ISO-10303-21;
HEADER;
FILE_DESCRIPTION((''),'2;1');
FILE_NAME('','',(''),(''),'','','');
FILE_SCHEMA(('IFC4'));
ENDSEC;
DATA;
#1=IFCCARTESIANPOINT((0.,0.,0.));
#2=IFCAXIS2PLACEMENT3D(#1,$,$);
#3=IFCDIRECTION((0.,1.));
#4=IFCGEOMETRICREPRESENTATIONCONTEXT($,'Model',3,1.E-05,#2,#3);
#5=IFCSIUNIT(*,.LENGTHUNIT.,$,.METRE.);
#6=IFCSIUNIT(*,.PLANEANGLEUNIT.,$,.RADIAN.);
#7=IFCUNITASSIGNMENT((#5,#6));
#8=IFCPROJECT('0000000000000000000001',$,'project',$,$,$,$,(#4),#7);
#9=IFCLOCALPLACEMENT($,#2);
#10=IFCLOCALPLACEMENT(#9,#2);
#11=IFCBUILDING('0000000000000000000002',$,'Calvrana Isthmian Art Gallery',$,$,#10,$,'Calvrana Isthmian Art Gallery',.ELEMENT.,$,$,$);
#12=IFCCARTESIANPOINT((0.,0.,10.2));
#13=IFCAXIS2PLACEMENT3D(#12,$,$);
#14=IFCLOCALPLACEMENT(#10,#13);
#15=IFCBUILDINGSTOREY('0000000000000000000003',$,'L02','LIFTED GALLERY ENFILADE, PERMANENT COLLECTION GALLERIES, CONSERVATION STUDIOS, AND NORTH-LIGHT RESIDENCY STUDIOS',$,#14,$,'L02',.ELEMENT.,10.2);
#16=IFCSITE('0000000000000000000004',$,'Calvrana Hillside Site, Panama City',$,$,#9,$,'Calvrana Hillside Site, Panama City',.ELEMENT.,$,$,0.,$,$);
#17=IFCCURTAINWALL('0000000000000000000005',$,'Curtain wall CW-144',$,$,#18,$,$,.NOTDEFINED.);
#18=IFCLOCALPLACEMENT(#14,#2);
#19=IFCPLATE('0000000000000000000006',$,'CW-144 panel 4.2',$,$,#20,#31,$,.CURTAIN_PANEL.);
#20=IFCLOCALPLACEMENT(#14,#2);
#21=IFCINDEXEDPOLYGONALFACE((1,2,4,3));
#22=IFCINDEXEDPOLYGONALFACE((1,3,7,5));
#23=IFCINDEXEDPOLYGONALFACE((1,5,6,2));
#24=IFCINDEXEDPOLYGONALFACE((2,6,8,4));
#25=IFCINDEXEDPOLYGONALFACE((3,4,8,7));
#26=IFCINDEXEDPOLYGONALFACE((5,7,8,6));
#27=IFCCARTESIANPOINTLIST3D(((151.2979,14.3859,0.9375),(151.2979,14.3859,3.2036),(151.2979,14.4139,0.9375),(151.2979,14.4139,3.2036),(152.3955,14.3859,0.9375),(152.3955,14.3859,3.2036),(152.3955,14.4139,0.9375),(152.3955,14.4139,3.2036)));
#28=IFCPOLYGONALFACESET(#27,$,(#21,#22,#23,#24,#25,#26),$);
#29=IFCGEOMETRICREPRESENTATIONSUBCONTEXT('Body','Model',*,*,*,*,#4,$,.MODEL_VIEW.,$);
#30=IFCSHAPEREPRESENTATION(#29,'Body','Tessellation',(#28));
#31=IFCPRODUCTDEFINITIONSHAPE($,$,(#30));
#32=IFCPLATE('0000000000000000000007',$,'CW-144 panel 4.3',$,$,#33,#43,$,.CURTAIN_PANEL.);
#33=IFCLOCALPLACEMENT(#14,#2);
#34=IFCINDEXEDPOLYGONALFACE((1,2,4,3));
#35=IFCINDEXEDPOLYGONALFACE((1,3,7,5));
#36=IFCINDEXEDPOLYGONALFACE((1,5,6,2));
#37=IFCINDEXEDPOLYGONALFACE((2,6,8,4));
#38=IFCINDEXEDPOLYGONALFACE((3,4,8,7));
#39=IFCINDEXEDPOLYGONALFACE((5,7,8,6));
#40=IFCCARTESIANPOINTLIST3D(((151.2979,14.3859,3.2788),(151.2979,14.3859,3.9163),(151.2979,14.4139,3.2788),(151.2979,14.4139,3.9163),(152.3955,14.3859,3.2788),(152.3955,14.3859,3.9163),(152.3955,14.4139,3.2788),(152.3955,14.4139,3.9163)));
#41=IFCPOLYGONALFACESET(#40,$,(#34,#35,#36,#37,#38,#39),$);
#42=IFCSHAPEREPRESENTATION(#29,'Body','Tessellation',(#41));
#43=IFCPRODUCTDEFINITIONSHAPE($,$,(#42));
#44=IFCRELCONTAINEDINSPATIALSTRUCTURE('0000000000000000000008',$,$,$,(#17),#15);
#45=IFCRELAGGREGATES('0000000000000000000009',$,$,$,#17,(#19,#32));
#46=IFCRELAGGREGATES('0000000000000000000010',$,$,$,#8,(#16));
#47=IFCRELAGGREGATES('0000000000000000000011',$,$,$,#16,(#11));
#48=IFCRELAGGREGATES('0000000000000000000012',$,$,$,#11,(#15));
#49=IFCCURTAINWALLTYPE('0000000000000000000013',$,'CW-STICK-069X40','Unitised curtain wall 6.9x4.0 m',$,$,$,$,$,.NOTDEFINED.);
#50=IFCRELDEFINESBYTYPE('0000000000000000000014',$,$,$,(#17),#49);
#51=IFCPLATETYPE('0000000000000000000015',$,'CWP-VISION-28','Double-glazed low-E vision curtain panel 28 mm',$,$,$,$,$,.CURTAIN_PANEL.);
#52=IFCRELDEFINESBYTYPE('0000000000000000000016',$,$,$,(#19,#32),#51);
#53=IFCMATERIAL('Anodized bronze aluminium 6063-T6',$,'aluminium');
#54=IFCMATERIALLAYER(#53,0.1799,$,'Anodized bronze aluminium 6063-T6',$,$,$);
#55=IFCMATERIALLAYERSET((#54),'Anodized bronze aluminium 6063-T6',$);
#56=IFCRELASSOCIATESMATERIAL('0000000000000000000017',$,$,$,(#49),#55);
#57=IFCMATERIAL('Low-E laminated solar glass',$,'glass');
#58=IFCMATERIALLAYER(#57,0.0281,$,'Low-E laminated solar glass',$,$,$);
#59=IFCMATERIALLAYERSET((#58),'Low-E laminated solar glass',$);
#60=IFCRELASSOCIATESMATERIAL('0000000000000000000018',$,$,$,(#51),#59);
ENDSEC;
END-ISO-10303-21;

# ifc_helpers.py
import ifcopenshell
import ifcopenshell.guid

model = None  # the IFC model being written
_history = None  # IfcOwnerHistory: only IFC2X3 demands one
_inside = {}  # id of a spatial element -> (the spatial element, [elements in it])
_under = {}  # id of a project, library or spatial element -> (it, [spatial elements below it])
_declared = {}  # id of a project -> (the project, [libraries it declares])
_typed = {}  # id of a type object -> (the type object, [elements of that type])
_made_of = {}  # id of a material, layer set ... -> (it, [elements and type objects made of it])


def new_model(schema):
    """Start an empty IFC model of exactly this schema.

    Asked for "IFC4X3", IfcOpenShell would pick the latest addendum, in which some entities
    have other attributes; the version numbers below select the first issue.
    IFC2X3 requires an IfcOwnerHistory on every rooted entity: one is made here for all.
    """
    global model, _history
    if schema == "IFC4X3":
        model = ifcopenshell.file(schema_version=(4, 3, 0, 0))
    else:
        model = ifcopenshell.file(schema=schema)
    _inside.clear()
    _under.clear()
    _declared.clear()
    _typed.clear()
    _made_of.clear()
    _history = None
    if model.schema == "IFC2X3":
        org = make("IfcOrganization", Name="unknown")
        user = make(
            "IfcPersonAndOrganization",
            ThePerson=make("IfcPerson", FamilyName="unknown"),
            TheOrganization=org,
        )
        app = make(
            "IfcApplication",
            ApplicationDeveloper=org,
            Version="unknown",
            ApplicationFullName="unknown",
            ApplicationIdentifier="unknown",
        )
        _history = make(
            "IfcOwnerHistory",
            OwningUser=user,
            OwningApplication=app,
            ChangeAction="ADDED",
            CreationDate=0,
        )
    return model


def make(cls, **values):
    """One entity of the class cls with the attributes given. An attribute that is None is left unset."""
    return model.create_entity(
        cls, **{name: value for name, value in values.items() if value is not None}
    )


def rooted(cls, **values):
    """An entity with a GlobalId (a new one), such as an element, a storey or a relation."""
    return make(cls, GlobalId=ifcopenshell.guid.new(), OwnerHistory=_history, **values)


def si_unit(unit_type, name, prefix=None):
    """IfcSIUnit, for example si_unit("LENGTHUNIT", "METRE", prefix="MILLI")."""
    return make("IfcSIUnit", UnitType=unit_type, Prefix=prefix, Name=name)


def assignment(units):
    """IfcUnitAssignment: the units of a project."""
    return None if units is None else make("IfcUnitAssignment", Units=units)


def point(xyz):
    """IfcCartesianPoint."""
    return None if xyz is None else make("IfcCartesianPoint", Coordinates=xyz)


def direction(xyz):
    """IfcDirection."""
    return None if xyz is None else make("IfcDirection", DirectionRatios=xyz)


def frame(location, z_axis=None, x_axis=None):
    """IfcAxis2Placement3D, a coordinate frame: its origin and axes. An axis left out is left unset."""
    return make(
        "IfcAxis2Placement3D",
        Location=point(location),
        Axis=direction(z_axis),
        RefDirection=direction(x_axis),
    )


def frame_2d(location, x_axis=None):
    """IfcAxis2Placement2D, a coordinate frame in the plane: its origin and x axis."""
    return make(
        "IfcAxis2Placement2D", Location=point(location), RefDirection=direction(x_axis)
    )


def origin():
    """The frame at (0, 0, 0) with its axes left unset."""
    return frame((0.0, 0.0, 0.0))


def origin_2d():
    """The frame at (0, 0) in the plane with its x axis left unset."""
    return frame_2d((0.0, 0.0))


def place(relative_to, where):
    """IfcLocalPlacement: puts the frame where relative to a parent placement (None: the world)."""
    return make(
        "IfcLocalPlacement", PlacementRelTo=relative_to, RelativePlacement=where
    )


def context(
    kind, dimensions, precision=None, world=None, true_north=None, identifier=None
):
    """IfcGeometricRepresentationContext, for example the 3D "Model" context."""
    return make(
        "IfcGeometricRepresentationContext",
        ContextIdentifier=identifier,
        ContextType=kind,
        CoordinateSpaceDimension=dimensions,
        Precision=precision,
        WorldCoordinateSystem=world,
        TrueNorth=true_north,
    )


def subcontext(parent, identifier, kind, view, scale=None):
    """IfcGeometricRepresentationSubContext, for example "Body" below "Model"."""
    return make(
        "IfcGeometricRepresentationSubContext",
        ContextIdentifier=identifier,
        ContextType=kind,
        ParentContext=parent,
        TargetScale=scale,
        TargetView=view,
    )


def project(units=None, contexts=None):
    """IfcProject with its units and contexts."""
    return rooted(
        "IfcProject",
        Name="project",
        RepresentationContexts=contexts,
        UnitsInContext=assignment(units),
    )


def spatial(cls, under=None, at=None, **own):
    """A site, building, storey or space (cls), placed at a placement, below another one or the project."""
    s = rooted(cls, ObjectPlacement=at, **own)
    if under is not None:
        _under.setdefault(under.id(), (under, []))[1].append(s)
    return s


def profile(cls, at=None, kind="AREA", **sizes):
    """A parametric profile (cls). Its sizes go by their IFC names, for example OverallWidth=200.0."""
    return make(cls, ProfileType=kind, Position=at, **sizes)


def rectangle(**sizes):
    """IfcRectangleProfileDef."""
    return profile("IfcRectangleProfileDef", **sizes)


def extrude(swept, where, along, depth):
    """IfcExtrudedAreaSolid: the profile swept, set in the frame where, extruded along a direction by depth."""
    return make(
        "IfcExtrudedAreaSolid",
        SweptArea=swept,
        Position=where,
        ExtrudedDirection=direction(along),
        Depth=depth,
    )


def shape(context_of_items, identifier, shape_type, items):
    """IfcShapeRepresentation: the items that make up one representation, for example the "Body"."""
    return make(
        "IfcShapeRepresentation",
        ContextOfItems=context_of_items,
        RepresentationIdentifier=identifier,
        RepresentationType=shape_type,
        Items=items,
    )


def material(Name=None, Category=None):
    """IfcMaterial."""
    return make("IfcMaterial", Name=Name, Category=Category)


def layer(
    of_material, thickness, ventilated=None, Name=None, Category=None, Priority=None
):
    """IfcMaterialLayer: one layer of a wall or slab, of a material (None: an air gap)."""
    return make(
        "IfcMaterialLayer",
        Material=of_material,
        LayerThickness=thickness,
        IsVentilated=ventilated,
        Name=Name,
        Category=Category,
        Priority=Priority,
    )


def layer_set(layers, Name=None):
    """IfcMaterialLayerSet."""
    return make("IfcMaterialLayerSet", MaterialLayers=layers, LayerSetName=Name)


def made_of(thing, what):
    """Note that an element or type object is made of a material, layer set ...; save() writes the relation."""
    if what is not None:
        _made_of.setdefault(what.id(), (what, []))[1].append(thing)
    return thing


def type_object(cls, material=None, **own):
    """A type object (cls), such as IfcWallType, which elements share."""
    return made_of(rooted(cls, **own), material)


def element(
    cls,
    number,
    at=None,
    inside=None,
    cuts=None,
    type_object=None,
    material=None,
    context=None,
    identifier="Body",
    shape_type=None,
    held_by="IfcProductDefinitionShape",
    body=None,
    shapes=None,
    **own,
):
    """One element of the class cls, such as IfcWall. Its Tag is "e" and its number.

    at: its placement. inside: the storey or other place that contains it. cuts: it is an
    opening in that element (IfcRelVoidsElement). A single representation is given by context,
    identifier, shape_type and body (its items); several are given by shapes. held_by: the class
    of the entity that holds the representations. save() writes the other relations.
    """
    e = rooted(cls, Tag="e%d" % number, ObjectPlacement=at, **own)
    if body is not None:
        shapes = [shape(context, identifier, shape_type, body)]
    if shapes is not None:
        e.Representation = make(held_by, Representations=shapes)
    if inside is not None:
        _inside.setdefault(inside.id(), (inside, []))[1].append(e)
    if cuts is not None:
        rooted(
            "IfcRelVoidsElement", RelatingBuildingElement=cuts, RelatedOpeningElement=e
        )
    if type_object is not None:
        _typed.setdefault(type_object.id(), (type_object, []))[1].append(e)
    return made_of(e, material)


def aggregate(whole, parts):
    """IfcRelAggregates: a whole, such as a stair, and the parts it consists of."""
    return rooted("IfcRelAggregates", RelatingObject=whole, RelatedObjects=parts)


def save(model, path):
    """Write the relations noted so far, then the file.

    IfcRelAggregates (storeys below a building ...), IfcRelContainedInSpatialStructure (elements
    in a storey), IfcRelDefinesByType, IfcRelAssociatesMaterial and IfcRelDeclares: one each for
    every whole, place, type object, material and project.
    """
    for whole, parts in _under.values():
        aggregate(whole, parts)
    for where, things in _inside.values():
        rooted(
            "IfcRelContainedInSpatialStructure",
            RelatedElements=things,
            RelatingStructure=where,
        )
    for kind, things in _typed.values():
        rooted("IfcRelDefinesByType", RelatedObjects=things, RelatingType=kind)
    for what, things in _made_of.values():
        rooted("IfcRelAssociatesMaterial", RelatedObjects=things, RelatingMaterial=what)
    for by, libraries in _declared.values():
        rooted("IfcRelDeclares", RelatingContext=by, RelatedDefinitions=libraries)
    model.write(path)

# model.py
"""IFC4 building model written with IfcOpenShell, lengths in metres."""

from ifc_helpers import new_model, si_unit, direction, frame, origin, origin_2d, place, context, subcontext, project, spatial, rectangle, extrude, material, layer, layer_set, type_object, element, aggregate, save


model = new_model("IFC4")

# Units and contexts
model_context = context("Model", 3, precision=1e-05, world=origin(), true_north=direction((0.0, 1.0)))
body_context = subcontext(model_context, "Body", "Model", "MODEL_VIEW")
ifc_project = project(units=[si_unit("LENGTHUNIT", "METRE"), si_unit("PLANEANGLEUNIT", "RADIAN")], contexts=[model_context])

# Site, building, storey
site_placement = place(None, origin())
site = spatial("IfcSite", under=ifc_project, at=site_placement, Name="Calvrana Hillside Site, Panama City", LongName="Calvrana Hillside Site, Panama City", CompositionType="ELEMENT", RefElevation=0.0)
building_placement = place(site_placement, origin())
building = spatial("IfcBuilding", under=site, at=building_placement, Name="Calvrana Isthmian Art Gallery", LongName="Calvrana Isthmian Art Gallery", CompositionType="ELEMENT")
storey_placement = place(building_placement, frame((0.0, 0.0, 10.2)))
storey = spatial("IfcBuildingStorey", under=building, at=storey_placement, Name="L02", Description="LIFTED GALLERY ENFILADE, PERMANENT COLLECTION GALLERIES, CONSERVATION STUDIOS, AND NORTH-LIGHT RESIDENCY STUDIOS", LongName="L02", CompositionType="ELEMENT", Elevation=10.2)

# Curtain wall, plates
ifc_material_1 = material(Name="Anodized bronze aluminium 6063-T6", Category="aluminium")
ifc_layer_1 = layer(ifc_material_1, 0.1799, Name="Anodized bronze aluminium 6063-T6")
ifc_layer_set_1 = layer_set([ifc_layer_1], Name="Anodized bronze aluminium 6063-T6")
curtain_wall_type = type_object("IfcCurtainWallType", Name="CW-STICK-069X40", Description="Unitised curtain wall 6.9x4.0 m", PredefinedType="NOTDEFINED", material=ifc_layer_set_1)
curtain_wall_placement = place(storey_placement, origin())
curtain_wall = element("IfcCurtainWall", 1, at=curtain_wall_placement, inside=storey, type_object=curtain_wall_type, Name="Curtain wall CW-144", PredefinedType="NOTDEFINED")
ifc_material_2 = material(Name="Low-E laminated solar glass", Category="glass")
ifc_layer_2 = layer(ifc_material_2, 0.0281, Name="Low-E laminated solar glass")
ifc_layer_set_2 = layer_set([ifc_layer_2], Name="Low-E laminated solar glass")
plate_type = type_object("IfcPlateType", Name="CWP-VISION-28", Description="Double-glazed low-E vision curtain panel 28 mm", PredefinedType="CURTAIN_PANEL", material=ifc_layer_set_2)
plate_1_placement = place(storey_placement, frame((151.8467, 14.3999, 0.9375), z_axis=(0.0, 0.0, 1.0), x_axis=(-1.0, 0.0, 0.0)))
plate_1 = element("IfcPlate", 2, at=plate_1_placement, type_object=plate_type, Name="CW-144 panel 4.2", PredefinedType="CURTAIN_PANEL", context=body_context, shape_type="SweptSolid", body=[
    extrude(rectangle(XDim=1.0977, YDim=0.0281, at=origin_2d()), origin(), (0.0, 0.0, 1.0), 2.2661),
])
plate_2_placement = place(storey_placement, frame((151.8467, 14.3999, 3.2788), z_axis=(0.0, 0.0, 1.0), x_axis=(-1.0, 0.0, 0.0)))
plate_2 = element("IfcPlate", 3, at=plate_2_placement, type_object=plate_type, Name="CW-144 panel 4.3", PredefinedType="CURTAIN_PANEL", context=body_context, shape_type="SweptSolid", body=[
    extrude(rectangle(XDim=1.0977, YDim=0.0281, at=origin_2d()), origin(), (0.0, 0.0, 1.0), 0.6375),
])
aggregate(curtain_wall, [plate_1, plate_2])

save(model, "model.ifc")
